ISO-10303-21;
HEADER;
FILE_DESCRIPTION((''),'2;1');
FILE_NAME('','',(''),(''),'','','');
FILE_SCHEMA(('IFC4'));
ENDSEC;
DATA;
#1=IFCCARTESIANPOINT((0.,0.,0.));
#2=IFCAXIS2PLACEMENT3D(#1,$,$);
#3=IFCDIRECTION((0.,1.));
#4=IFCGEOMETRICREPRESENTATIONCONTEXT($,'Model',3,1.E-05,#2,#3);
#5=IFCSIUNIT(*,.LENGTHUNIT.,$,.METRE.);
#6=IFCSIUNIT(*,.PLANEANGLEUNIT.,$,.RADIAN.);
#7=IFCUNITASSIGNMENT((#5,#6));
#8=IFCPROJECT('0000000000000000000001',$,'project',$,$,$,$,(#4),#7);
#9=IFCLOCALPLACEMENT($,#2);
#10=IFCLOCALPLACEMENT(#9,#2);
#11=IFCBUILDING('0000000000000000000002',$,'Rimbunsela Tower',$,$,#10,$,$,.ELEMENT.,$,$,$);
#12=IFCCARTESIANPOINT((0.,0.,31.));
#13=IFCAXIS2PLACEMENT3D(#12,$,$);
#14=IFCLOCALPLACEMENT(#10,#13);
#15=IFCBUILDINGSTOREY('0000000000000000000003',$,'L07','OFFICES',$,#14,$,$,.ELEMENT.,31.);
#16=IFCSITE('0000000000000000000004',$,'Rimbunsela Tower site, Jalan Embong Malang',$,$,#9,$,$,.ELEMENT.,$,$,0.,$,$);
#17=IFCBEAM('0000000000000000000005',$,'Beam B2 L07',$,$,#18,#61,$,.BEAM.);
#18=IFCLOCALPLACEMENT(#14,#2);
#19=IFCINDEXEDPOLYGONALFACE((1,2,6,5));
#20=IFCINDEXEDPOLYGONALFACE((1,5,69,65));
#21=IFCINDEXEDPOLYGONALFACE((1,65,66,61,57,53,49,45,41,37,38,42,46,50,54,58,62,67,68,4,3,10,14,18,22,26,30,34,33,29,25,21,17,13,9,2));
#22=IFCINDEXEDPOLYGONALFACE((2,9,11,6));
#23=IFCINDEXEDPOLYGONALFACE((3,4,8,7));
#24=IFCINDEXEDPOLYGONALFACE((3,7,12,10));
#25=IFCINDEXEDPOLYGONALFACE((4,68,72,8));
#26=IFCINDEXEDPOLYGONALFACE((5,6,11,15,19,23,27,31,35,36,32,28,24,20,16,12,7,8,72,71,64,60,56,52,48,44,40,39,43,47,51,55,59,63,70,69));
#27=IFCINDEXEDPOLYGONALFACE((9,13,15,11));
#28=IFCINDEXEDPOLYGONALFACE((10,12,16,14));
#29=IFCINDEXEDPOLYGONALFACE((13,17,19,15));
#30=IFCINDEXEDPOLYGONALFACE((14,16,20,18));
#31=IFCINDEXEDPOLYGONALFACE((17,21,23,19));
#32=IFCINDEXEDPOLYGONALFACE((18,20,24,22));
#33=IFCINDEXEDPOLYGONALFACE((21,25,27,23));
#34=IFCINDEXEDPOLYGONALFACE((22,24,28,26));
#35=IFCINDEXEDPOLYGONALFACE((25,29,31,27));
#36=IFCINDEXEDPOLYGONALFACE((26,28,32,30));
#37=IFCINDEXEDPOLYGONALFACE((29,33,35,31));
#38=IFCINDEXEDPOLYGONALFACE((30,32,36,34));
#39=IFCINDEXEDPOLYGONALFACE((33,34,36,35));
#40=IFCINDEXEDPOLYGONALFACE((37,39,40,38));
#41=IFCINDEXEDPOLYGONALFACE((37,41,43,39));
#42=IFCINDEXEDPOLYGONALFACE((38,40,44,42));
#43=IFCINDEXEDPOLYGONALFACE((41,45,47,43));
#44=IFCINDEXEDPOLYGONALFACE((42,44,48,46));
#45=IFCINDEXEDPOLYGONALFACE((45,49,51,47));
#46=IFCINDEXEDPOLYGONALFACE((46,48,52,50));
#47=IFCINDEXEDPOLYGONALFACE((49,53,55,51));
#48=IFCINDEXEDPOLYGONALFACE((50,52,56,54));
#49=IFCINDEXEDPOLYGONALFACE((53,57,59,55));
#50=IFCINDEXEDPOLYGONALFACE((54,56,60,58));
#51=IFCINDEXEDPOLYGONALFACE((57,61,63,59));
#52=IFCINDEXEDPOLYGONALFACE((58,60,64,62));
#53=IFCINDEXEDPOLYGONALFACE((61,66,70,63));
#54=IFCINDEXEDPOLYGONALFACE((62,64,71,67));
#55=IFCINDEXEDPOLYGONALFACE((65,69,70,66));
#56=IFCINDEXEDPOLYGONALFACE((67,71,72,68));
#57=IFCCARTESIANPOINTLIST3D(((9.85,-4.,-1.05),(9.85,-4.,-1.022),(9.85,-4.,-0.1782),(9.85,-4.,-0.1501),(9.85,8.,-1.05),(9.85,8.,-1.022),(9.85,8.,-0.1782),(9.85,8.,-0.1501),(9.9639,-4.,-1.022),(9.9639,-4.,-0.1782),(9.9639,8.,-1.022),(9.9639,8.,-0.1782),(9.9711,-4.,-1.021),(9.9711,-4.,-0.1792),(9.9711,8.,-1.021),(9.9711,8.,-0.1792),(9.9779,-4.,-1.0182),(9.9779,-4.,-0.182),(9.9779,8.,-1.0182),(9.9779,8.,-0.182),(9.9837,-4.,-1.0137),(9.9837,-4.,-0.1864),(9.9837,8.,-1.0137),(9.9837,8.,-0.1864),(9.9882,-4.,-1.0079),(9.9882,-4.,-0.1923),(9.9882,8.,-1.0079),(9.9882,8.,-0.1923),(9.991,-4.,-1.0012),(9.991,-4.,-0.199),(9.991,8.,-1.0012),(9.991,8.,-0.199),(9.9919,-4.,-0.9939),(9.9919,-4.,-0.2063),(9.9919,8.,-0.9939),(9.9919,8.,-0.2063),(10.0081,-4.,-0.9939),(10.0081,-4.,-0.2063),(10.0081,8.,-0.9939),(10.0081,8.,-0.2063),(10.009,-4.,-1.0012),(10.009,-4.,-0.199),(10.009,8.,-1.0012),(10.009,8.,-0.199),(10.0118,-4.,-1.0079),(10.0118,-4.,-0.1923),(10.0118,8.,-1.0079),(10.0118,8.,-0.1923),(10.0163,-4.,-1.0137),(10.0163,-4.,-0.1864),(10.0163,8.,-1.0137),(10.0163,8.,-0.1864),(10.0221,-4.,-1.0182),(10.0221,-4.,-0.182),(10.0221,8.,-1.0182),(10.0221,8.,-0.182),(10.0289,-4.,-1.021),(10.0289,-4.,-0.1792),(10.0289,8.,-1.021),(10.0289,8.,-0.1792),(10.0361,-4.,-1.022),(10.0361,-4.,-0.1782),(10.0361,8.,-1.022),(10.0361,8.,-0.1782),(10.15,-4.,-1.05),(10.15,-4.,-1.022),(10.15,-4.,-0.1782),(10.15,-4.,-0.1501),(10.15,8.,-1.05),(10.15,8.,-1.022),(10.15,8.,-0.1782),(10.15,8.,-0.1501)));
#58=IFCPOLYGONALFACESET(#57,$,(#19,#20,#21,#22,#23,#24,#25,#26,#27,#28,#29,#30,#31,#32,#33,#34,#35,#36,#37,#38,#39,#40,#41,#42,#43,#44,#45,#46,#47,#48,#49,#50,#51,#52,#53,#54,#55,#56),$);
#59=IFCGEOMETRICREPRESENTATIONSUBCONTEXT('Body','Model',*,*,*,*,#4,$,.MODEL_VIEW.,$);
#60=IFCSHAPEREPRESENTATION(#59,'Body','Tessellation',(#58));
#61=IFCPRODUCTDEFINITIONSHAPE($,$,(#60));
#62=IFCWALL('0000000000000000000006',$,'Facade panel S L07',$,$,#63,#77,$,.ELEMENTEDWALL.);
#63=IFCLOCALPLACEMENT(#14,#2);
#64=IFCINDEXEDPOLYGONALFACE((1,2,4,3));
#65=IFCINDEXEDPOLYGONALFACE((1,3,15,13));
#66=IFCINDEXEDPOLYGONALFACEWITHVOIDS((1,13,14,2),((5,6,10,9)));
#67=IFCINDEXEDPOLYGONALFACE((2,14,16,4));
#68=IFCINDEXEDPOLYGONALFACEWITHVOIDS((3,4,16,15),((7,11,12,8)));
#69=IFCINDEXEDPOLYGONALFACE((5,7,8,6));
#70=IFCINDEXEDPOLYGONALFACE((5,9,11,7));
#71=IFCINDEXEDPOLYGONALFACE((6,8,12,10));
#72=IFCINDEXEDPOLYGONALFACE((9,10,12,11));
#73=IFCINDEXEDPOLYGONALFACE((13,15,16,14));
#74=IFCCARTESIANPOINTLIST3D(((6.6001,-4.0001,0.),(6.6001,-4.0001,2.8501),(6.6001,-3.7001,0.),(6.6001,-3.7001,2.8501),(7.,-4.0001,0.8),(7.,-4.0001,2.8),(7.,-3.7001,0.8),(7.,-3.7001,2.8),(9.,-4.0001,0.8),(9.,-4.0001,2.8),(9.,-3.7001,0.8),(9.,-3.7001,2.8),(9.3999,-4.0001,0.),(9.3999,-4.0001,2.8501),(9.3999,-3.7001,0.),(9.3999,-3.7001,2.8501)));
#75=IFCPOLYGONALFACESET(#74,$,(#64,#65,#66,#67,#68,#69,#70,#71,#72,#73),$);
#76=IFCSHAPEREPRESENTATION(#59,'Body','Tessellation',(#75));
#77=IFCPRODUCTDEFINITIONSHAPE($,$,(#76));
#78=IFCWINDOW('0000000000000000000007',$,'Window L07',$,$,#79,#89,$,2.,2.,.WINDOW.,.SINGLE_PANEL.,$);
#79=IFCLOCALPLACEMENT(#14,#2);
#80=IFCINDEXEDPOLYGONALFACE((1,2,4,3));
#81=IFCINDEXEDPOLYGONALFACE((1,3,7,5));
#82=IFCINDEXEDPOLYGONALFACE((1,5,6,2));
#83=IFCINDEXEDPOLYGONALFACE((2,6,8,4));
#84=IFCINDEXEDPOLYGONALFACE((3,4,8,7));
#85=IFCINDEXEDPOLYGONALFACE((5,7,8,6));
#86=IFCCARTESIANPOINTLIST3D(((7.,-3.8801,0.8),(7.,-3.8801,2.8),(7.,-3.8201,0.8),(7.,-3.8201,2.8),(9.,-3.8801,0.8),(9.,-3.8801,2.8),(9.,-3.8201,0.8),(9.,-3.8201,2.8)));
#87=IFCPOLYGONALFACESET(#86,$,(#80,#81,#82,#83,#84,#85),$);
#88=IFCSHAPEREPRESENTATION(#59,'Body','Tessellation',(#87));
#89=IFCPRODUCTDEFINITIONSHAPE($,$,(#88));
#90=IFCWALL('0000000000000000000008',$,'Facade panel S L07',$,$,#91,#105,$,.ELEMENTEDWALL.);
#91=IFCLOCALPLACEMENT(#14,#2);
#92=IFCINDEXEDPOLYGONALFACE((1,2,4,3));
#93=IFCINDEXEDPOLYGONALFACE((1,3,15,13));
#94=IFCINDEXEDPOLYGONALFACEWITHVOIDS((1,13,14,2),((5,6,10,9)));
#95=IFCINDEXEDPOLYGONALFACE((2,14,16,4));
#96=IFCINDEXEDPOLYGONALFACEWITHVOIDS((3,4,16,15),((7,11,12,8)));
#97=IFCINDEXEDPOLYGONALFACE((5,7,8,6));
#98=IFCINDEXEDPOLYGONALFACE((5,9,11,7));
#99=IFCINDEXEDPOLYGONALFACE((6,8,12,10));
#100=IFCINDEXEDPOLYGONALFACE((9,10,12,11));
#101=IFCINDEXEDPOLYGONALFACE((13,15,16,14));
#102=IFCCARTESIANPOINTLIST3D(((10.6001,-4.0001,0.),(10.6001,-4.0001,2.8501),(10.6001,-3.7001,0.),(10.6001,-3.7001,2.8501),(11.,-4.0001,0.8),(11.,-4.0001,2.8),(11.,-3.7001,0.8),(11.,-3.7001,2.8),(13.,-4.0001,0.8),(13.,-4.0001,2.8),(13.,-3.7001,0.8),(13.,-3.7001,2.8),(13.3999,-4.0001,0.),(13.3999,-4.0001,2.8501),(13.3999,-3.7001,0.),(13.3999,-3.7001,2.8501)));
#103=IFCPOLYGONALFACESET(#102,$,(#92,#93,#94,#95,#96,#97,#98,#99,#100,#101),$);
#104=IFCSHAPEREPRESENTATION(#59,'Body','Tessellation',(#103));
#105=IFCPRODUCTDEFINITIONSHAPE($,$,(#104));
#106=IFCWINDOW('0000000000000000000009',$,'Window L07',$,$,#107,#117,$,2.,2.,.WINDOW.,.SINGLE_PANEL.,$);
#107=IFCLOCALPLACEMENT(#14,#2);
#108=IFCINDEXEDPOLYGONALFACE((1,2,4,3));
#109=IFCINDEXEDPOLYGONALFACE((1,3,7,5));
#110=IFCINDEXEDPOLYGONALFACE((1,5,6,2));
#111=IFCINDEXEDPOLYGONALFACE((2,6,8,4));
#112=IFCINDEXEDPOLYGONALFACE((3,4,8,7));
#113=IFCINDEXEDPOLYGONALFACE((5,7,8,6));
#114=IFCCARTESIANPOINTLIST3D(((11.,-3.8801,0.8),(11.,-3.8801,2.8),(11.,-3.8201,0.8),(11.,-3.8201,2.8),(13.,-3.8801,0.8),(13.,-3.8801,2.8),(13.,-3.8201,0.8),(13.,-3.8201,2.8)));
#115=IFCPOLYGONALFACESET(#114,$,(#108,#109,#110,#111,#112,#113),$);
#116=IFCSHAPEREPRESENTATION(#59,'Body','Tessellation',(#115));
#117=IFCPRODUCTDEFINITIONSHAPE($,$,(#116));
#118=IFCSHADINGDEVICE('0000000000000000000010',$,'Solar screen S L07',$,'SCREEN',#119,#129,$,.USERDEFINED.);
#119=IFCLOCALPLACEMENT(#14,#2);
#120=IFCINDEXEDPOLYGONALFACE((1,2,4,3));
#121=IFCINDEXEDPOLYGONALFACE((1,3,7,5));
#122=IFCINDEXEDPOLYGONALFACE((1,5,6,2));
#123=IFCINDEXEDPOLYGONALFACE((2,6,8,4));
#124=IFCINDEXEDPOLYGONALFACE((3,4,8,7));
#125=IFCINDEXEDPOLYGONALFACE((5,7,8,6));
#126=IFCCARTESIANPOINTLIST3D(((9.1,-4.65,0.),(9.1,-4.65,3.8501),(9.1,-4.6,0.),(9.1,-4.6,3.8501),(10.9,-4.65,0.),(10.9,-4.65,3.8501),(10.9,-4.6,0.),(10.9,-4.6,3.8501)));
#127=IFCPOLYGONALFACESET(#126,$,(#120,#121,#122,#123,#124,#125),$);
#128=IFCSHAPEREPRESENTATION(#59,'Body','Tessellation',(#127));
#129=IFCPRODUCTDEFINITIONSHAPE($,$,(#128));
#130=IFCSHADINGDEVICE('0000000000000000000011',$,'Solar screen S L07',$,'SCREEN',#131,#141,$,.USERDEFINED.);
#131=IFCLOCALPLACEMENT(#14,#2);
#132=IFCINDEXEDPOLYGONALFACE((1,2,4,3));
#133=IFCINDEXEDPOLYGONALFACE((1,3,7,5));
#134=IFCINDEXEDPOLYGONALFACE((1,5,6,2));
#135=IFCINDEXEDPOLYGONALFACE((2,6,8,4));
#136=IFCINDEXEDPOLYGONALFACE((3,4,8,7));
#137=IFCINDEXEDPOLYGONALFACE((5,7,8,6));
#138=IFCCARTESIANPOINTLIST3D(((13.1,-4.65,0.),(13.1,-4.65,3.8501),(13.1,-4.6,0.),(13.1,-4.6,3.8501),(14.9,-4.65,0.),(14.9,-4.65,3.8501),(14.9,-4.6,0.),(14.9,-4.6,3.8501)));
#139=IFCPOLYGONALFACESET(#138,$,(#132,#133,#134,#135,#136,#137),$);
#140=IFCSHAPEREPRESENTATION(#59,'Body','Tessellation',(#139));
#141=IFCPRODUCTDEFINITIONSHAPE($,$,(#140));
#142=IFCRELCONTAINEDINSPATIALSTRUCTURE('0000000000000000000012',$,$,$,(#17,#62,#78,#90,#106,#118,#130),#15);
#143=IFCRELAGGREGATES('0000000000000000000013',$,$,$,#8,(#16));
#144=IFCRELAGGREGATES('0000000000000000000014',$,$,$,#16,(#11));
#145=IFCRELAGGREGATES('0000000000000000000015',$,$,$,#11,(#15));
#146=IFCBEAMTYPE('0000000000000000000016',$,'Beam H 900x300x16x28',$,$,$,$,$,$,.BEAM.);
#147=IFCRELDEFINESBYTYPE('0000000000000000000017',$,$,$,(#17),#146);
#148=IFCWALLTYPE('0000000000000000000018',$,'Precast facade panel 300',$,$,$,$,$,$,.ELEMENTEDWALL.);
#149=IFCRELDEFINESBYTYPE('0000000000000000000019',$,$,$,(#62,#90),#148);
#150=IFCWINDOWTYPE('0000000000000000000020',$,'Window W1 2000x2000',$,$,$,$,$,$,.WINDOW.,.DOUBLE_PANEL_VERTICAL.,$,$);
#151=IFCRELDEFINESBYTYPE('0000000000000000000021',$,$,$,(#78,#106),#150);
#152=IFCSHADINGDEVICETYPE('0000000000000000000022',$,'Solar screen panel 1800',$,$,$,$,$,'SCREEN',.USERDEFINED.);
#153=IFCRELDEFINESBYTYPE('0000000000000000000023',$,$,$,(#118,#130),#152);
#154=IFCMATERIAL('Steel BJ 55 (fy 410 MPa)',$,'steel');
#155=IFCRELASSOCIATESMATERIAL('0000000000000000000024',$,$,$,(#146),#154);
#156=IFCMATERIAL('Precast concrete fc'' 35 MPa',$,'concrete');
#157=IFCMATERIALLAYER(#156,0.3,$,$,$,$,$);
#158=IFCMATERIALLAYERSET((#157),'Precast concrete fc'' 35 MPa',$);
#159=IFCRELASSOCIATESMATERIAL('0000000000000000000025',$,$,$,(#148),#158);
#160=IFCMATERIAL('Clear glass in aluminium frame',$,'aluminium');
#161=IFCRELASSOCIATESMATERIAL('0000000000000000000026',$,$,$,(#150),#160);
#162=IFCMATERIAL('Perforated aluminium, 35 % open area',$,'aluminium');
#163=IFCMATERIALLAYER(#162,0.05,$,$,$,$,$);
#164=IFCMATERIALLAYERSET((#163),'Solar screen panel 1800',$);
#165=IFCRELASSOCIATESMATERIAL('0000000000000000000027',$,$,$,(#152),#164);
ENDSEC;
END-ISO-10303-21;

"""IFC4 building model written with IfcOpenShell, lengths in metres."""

from ifc_helpers import new_model, si_unit, direction, frame, frame_2d, origin, origin_2d, place, context, subcontext, project, spatial, rectangle, i_section, extrude, material, layer, layer_set, material_profile, profile_set, type_object, element, fill, save


model = new_model("IFC4")

# Units and contexts
model_context = context("Model", 3, precision=1e-05, world=origin(), true_north=direction((0.0, 1.0)))
body_context = subcontext(model_context, "Body", "Model", "MODEL_VIEW")
ifc_project = project(units=[si_unit("LENGTHUNIT", "METRE"), si_unit("PLANEANGLEUNIT", "RADIAN")], contexts=[model_context])

# Site, building, storey
site_placement = place(None, origin())
site = spatial("IfcSite", under=ifc_project, at=site_placement, Name="Rimbunsela Tower site, Jalan Embong Malang", CompositionType="ELEMENT", RefElevation=0.0)
building_placement = place(site_placement, origin())
building = spatial("IfcBuilding", under=site, at=building_placement, Name="Rimbunsela Tower", CompositionType="ELEMENT")
storey_placement = place(building_placement, frame((0.0, 0.0, 31.0)))
storey = spatial("IfcBuildingStorey", under=building, at=storey_placement, Name="L07", Description="OFFICES", CompositionType="ELEMENT", Elevation=31.0)

# Beam
ifc_material_1 = material(Name="Steel BJ 55 (fy 410 MPa)", Category="steel")
ifc_material_profile_1 = material_profile(ifc_material_1, i_section(OverallWidth=0.3, OverallDepth=0.8999, WebThickness=0.0161, FlangeThickness=0.0281, FilletRadius=0.0281, at=origin_2d()), Name="H 900x300x16x28")
ifc_profile_set_1 = profile_set([ifc_material_profile_1], Name="Steel BJ 55 (fy 410 MPa)")
beam_type_1 = type_object("IfcBeamType", Name="Beam H 900x300x16x28", PredefinedType="BEAM", material=ifc_profile_set_1)
beam_1_placement = place(storey_placement, frame((10.0, -4.0, -0.6001), z_axis=(0.0, 1.0, 0.0), x_axis=(-1.0, 0.0, 0.0)))
element("IfcBeam", 1, at=beam_1_placement, inside=storey, type_object=beam_type_1, Name="Beam B2 L07", PredefinedType="BEAM", context=body_context, shape_type="SweptSolid", body=[
    extrude(i_section(OverallWidth=0.3, OverallDepth=0.8999, WebThickness=0.0161, FlangeThickness=0.0281, FilletRadius=0.0281, at=origin_2d()), origin(), (0.0, 0.0, 1.0), 12.0),
])

# Walls, openings, windows
ifc_material_2 = material(Name="Precast concrete fc' 35 MPa", Category="concrete")
ifc_layer_1 = layer(ifc_material_2, 0.3)
ifc_layer_set_1 = layer_set([ifc_layer_1], Name="Precast concrete fc' 35 MPa")
wall_type = type_object("IfcWallType", Name="Precast facade panel 300", PredefinedType="ELEMENTEDWALL", material=ifc_layer_set_1)
wall_1_placement = place(storey_placement, frame((6.6001, -3.8501, 0.0), z_axis=(0.0, 0.0, 1.0), x_axis=(1.0, 0.0, 0.0)))
wall_1 = element("IfcWall", 2, at=wall_1_placement, inside=storey, type_object=wall_type, Name="Facade panel S L07", PredefinedType="ELEMENTEDWALL", context=body_context, shape_type="SweptSolid", body=[
    extrude(rectangle(XDim=2.7998, YDim=0.3, at=frame_2d((1.3999, 0.0))), origin(), (0.0, 0.0, 1.0), 2.8501),
])
opening_1_placement = place(wall_1_placement, frame((0.3999, 0.0, 0.8)))
opening_1 = element("IfcOpeningElement", 3, at=opening_1_placement, cuts=wall_1, PredefinedType="OPENING", context=body_context, shape_type="SweptSolid", body=[
    extrude(rectangle(XDim=2.0, YDim=2.0, at=frame_2d((1.0, 1.0))), frame((0.0, 0.1599, 0.0), z_axis=(0.0, -1.0, 0.0), x_axis=(1.0, 0.0, 0.0)), (0.0, 0.0, 1.0), 0.3201),
])
ifc_material_3 = material(Name="Clear glass in aluminium frame", Category="aluminium")
window_type = type_object("IfcWindowType", Name="Window W1 2000x2000", PartitioningType="DOUBLE_PANEL_VERTICAL", PredefinedType="WINDOW", material=ifc_material_3)
window_1_placement = place(opening_1_placement, origin())
window_1 = element("IfcWindow", 4, at=window_1_placement, inside=storey, type_object=window_type, Name="Window L07", OverallHeight=2.0, OverallWidth=2.0, PartitioningType="SINGLE_PANEL", PredefinedType="WINDOW", context=body_context, shape_type="SweptSolid", body=[
    extrude(rectangle(XDim=2.0, YDim=2.0, at=frame_2d((1.0, 1.0))), frame((0.0, 0.03, 0.0), z_axis=(0.0, -1.0, 0.0), x_axis=(1.0, 0.0, 0.0)), (0.0, 0.0, 1.0), 0.0601),
])
fill(opening_1, window_1)
wall_2_placement = place(storey_placement, frame((10.6001, -3.8501, 0.0), z_axis=(0.0, 0.0, 1.0), x_axis=(1.0, 0.0, 0.0)))
wall_2 = element("IfcWall", 5, at=wall_2_placement, inside=storey, type_object=wall_type, Name="Facade panel S L07", PredefinedType="ELEMENTEDWALL", context=body_context, shape_type="SweptSolid", body=[
    extrude(rectangle(XDim=2.7998, YDim=0.3, at=frame_2d((1.3999, 0.0))), origin(), (0.0, 0.0, 1.0), 2.8501),
])
opening_2_placement = place(wall_2_placement, frame((0.3999, 0.0, 0.8)))
opening_2 = element("IfcOpeningElement", 6, at=opening_2_placement, cuts=wall_2, PredefinedType="OPENING", context=body_context, shape_type="SweptSolid", body=[
    extrude(rectangle(XDim=2.0, YDim=2.0, at=frame_2d((1.0, 1.0))), frame((0.0, 0.1599, 0.0), z_axis=(0.0, -1.0, 0.0), x_axis=(1.0, 0.0, 0.0)), (0.0, 0.0, 1.0), 0.3201),
])
window_2_placement = place(opening_2_placement, origin())
window_2 = element("IfcWindow", 7, at=window_2_placement, inside=storey, type_object=window_type, Name="Window L07", OverallHeight=2.0, OverallWidth=2.0, PartitioningType="SINGLE_PANEL", PredefinedType="WINDOW", context=body_context, shape_type="SweptSolid", body=[
    extrude(rectangle(XDim=2.0, YDim=2.0, at=frame_2d((1.0, 1.0))), frame((0.0, 0.03, 0.0), z_axis=(0.0, -1.0, 0.0), x_axis=(1.0, 0.0, 0.0)), (0.0, 0.0, 1.0), 0.0601),
])
fill(opening_2, window_2)

# Shading devices
ifc_material_4 = material(Name="Perforated aluminium, 35 % open area", Category="aluminium")
ifc_layer_2 = layer(ifc_material_4, 0.05)
ifc_layer_set_2 = layer_set([ifc_layer_2], Name="Solar screen panel 1800")
shading_device_type = type_object("IfcShadingDeviceType", Name="Solar screen panel 1800", ElementType="SCREEN", PredefinedType="USERDEFINED", material=ifc_layer_set_2)
for number, where, z_axis, x_axis, name in (
    (8, (10.0, -4.625, 0.0), (0.0, 0.0, 1.0), (1.0, 0.0, 0.0), "Solar screen S L07"),
    (9, (14.0, -4.625, 0.0), (0.0, 0.0, 1.0), (1.0, 0.0, 0.0), "Solar screen S L07"),
):
    element("IfcShadingDevice", number, at=place(storey_placement, frame(where, z_axis=z_axis, x_axis=x_axis)), inside=storey, type_object=shading_device_type, Name=name, ObjectType="SCREEN", PredefinedType="USERDEFINED", context=body_context, shape_type="SweptSolid", body=[
        extrude(rectangle(XDim=1.8, YDim=0.05, at=origin_2d()), origin(), (0.0, 0.0, 1.0), 3.8501),
    ])

save(model, "model.ifc")
